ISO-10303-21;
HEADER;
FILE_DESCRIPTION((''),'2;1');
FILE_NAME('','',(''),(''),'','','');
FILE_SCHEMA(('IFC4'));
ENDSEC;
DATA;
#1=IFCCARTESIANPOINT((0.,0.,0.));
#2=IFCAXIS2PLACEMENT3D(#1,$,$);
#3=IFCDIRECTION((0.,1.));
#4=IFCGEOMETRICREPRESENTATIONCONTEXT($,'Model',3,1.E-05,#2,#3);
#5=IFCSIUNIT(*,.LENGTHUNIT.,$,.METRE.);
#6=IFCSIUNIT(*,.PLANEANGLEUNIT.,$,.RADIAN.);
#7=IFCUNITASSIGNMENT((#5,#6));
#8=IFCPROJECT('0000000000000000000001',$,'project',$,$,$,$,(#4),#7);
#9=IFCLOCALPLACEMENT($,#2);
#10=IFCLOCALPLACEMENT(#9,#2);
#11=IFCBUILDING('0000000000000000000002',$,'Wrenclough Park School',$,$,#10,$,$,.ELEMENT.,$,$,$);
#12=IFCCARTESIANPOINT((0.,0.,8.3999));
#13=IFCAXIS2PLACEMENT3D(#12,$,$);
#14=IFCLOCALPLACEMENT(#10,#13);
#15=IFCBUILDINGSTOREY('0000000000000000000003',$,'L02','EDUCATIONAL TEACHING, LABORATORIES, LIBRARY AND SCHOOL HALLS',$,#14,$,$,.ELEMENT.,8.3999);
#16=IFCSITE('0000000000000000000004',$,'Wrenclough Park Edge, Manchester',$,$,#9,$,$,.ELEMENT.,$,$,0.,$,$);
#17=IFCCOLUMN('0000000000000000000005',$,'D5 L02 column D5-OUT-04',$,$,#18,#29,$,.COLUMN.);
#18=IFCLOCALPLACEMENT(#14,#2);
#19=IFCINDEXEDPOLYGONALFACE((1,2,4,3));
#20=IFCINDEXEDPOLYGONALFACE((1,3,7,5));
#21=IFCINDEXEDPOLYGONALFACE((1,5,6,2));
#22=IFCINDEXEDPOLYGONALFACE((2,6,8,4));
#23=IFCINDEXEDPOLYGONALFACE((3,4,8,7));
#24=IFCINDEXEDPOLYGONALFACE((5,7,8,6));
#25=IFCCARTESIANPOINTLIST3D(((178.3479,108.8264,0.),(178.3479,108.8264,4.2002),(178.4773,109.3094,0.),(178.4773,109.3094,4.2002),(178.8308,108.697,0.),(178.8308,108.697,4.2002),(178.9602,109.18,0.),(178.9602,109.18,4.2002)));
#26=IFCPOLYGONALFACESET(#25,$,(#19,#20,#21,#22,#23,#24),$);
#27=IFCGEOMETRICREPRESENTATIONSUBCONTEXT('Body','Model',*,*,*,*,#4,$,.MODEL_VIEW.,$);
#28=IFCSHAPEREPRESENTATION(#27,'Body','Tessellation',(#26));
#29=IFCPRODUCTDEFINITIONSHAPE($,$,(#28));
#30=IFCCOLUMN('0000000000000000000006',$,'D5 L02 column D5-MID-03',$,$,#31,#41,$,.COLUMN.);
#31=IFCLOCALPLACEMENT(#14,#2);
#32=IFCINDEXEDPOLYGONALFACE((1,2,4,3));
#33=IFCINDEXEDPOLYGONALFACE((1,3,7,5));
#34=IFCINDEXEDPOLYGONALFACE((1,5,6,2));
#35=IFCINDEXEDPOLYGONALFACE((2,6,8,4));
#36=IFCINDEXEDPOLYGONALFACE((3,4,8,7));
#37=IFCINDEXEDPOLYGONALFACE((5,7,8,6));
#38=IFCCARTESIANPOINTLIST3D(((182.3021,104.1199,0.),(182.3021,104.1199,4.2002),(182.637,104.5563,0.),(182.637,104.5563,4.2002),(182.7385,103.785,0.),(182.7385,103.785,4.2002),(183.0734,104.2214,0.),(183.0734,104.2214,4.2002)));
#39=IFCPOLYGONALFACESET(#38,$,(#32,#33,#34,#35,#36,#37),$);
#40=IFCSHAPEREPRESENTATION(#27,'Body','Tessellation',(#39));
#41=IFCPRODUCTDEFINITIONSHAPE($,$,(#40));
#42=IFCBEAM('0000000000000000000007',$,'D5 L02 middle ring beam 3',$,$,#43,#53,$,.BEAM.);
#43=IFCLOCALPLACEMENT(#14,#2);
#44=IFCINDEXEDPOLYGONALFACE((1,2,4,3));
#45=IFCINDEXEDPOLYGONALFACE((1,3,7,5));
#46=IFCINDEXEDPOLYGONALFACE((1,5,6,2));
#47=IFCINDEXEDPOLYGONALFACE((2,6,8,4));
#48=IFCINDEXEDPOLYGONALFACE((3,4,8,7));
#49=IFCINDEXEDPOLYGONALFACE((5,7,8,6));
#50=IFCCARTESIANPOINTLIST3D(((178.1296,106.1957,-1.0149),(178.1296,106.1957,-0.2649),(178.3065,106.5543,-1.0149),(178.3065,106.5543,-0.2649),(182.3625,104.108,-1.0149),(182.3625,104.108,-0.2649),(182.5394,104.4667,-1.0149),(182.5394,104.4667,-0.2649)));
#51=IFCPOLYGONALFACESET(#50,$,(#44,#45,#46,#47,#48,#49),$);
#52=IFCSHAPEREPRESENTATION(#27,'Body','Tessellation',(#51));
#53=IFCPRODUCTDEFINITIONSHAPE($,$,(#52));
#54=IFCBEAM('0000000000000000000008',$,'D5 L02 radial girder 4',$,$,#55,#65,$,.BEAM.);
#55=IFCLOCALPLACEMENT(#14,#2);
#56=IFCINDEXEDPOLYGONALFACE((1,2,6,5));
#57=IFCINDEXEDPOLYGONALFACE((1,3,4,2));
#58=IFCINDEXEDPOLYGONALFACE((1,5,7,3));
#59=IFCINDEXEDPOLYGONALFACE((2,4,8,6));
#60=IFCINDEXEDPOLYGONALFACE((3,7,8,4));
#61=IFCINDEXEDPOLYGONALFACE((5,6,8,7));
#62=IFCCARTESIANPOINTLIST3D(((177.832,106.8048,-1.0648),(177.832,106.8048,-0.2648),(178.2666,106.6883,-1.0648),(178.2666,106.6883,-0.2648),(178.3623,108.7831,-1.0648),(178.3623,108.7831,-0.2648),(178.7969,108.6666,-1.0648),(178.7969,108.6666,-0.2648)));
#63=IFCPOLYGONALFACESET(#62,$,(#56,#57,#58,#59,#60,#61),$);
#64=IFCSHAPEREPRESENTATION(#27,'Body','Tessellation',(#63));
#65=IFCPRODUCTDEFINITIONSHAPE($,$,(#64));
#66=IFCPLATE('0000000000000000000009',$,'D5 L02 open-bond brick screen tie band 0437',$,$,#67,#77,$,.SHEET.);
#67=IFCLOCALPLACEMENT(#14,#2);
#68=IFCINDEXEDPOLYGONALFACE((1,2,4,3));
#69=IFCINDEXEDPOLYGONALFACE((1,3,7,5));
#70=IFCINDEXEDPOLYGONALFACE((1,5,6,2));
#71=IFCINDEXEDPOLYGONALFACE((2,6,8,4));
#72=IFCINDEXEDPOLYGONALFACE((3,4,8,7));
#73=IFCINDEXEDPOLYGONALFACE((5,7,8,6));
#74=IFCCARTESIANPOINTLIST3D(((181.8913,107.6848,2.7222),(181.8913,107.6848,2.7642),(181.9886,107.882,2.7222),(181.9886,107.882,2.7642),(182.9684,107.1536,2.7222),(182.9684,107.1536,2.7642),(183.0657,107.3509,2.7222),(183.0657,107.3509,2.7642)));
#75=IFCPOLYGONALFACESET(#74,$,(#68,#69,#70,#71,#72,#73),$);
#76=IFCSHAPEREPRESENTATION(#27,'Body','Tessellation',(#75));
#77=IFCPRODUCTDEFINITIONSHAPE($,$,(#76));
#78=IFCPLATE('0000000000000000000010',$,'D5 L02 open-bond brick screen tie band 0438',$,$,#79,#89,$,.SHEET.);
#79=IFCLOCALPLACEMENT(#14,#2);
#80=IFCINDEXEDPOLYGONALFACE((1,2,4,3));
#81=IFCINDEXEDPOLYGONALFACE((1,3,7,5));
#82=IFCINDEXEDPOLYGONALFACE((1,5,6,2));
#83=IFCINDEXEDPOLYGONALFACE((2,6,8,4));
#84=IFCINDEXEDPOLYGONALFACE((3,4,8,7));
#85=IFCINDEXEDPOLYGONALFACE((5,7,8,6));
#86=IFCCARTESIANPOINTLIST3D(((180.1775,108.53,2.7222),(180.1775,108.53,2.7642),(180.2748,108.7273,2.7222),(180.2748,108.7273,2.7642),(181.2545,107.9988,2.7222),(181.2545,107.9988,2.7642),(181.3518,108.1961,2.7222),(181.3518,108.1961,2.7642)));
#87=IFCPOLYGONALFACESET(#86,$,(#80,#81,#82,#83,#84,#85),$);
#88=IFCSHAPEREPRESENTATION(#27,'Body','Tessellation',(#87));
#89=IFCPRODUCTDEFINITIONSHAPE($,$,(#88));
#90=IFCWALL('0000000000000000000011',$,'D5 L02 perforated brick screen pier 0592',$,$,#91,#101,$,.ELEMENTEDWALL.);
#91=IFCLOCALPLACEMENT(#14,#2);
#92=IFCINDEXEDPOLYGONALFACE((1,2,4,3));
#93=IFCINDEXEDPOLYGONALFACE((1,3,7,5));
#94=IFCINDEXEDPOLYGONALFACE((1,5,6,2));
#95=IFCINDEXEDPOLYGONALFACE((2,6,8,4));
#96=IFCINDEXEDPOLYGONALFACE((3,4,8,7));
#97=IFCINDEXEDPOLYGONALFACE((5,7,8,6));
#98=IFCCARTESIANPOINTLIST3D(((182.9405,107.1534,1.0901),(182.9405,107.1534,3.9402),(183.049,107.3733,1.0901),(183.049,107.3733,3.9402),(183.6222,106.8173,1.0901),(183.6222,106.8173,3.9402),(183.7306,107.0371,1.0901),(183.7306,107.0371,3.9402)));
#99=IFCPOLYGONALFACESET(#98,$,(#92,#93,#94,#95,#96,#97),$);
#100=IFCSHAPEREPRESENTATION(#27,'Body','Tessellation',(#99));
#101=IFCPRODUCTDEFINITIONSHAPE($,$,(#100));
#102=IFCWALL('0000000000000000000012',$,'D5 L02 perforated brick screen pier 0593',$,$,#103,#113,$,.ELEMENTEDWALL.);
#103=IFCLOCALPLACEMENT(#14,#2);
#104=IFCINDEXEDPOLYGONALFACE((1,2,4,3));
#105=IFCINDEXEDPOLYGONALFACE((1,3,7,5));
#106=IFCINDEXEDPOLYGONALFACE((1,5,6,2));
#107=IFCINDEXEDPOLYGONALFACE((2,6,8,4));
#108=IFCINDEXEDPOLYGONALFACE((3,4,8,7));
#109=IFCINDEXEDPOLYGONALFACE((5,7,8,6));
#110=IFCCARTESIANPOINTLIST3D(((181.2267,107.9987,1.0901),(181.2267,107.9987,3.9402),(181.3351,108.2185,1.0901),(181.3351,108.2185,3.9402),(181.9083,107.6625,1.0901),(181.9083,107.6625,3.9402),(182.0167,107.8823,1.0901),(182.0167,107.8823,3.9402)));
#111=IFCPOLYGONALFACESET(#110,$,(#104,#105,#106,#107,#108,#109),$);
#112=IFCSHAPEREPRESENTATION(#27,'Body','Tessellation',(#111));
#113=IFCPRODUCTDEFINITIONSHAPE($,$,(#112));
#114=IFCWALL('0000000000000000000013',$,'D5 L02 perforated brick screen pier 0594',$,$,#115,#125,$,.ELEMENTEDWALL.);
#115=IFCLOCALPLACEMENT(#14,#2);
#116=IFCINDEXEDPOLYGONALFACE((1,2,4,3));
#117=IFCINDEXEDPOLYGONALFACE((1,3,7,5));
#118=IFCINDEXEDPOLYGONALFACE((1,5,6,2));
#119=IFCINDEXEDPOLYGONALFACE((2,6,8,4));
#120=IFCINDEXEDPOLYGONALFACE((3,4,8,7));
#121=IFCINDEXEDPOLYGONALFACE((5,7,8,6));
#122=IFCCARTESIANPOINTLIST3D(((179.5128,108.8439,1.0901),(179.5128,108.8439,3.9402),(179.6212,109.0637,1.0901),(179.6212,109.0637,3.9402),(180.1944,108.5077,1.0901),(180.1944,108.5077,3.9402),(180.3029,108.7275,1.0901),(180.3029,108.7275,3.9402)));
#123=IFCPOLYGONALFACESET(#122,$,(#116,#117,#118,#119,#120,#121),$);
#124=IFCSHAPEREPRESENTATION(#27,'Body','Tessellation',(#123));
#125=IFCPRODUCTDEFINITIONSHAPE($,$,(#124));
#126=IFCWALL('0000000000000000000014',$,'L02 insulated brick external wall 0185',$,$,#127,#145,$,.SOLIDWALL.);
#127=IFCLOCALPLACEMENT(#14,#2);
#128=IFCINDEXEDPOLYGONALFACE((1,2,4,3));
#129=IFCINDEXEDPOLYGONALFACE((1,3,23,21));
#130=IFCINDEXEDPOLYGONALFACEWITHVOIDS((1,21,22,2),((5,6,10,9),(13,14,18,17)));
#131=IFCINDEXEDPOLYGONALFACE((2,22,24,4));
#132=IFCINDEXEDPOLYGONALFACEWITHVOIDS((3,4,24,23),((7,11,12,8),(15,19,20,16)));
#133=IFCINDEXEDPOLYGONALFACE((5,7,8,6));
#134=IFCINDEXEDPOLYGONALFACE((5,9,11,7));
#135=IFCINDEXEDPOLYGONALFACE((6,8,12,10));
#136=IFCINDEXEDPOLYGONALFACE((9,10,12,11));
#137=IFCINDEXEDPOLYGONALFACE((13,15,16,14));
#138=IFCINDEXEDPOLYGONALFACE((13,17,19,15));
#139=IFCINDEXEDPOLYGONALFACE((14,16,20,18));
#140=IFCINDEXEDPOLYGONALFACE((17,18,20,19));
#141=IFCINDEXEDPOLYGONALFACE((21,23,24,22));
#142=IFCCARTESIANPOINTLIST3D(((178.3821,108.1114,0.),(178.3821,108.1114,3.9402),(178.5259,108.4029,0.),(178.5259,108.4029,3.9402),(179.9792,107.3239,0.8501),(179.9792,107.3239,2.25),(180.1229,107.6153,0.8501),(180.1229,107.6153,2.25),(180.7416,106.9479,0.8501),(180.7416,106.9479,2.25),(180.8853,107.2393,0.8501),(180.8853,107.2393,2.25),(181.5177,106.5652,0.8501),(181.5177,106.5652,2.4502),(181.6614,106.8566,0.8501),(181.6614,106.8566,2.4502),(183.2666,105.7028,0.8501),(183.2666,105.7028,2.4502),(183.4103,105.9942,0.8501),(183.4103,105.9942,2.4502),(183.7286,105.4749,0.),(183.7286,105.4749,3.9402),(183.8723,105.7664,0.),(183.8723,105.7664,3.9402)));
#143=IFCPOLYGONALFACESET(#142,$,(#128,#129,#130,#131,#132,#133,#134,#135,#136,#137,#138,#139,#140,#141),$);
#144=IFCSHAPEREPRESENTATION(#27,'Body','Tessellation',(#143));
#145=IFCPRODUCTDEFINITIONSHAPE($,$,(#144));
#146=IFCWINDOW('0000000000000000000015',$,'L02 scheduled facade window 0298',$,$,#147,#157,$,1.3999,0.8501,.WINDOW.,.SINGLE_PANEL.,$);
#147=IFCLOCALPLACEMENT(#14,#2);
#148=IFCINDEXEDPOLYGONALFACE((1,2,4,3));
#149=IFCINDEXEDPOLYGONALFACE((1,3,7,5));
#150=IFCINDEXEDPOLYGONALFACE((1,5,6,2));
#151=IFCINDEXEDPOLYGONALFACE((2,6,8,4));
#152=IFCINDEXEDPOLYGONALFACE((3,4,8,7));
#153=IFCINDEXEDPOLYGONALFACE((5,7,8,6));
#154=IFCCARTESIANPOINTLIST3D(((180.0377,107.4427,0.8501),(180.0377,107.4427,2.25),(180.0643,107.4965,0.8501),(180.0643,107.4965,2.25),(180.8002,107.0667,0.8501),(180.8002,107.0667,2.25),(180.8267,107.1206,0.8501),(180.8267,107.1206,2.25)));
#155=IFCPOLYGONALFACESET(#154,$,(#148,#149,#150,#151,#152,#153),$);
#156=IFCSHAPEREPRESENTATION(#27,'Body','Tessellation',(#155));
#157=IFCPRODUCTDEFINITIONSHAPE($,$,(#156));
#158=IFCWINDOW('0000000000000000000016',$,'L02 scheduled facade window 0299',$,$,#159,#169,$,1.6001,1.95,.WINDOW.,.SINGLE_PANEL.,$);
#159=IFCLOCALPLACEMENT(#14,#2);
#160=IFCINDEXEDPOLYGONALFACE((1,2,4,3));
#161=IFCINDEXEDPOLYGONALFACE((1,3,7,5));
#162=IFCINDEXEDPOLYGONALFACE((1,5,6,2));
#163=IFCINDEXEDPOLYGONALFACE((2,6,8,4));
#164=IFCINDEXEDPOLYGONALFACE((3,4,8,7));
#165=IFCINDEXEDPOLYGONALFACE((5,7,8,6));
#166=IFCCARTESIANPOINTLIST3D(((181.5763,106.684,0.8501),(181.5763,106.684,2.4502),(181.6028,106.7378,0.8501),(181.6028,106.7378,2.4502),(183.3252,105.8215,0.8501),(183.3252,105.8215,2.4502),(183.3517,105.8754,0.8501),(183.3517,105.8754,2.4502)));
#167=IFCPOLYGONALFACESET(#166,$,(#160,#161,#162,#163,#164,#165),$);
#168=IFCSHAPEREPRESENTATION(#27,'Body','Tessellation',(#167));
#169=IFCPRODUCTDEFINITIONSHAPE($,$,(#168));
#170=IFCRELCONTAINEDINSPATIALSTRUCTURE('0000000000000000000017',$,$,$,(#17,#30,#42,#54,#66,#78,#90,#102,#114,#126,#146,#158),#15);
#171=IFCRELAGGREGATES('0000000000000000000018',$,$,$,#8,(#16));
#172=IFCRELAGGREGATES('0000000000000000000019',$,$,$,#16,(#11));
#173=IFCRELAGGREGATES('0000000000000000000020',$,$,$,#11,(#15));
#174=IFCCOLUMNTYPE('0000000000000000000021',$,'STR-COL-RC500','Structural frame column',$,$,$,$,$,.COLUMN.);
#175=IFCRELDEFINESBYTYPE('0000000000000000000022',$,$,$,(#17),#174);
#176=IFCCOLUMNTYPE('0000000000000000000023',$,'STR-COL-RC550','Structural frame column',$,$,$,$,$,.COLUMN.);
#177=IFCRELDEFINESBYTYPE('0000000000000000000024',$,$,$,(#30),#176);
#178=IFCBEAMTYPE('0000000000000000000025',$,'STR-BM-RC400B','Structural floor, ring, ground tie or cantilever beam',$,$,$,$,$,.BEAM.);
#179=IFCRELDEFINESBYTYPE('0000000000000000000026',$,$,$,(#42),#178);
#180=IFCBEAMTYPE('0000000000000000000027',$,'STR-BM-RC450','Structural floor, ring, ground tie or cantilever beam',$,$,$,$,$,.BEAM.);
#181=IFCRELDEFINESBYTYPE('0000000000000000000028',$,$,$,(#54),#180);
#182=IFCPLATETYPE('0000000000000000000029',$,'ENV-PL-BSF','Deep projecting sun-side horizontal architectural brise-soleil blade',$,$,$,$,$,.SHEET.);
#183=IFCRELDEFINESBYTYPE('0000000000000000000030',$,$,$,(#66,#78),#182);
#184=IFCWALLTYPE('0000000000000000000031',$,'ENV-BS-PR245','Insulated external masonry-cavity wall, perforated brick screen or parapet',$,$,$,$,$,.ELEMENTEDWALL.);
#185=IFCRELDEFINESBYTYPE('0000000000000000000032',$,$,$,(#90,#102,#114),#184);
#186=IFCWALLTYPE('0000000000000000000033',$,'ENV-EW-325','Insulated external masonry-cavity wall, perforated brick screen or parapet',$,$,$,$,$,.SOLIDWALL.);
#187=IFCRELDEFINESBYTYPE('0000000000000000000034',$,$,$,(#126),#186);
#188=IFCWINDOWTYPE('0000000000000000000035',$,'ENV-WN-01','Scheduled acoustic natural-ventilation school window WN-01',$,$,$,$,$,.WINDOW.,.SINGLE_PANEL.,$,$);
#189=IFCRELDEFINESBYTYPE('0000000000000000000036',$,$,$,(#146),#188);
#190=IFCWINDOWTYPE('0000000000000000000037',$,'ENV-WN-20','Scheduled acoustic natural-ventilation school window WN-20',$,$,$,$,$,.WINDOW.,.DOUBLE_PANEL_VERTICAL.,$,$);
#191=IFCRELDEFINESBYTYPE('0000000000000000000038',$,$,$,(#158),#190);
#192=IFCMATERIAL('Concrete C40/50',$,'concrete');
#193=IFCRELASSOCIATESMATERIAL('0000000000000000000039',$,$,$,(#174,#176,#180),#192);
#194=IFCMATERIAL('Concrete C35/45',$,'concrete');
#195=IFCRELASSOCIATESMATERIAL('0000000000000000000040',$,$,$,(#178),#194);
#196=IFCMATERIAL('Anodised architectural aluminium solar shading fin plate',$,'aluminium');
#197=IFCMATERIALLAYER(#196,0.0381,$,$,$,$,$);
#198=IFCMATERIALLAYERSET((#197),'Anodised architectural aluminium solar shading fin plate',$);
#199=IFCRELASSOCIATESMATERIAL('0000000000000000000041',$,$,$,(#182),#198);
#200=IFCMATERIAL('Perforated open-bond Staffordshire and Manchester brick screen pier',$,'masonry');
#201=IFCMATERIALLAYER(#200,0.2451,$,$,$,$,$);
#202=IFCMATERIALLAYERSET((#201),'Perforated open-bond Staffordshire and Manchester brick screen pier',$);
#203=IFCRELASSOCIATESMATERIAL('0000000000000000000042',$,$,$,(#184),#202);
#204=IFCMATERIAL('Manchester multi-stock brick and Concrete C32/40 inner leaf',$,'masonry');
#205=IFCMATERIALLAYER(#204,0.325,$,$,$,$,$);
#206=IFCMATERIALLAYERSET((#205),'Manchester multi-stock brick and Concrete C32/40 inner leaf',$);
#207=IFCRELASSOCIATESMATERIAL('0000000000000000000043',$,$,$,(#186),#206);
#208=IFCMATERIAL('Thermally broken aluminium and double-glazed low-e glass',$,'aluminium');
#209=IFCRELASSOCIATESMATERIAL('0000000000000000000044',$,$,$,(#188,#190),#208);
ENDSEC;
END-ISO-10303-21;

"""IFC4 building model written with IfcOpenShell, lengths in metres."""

from ifc_helpers import new_model, si_unit, direction, frame, frame_2d, origin, origin_2d, place, context, subcontext, project, spatial, rectangle, extrude, material, layer, layer_set, material_profile, profile_set, type_object, element, fill, save


model = new_model("IFC4")

# Units and contexts
model_context = context("Model", 3, precision=1e-05, world=origin(), true_north=direction((0.0, 1.0)))
body_context = subcontext(model_context, "Body", "Model", "MODEL_VIEW")
ifc_project = project(units=[si_unit("LENGTHUNIT", "METRE"), si_unit("PLANEANGLEUNIT", "RADIAN")], contexts=[model_context])

# Site, building, storey
site_placement = place(None, origin())
site = spatial("IfcSite", under=ifc_project, at=site_placement, Name="Wrenclough Park Edge, Manchester", CompositionType="ELEMENT", RefElevation=0.0)
building_placement = place(site_placement, origin())
building = spatial("IfcBuilding", under=site, at=building_placement, Name="Wrenclough Park School", CompositionType="ELEMENT")
storey_placement = place(building_placement, frame((0.0, 0.0, 8.3999)))
storey = spatial("IfcBuildingStorey", under=building, at=storey_placement, Name="L02", Description="EDUCATIONAL TEACHING, LABORATORIES, LIBRARY AND SCHOOL HALLS", CompositionType="ELEMENT", Elevation=8.3999)

# Columns
ifc_material_1 = material(Name="Concrete C40/50", Category="concrete")
ifc_material_profile_1 = material_profile(ifc_material_1, rectangle(XDim=0.5, YDim=0.5, at=origin_2d()), Name="RC COL 500x500")
ifc_profile_set_1 = profile_set([ifc_material_profile_1], Name="Concrete C40/50")
column_type_1 = type_object("IfcColumnType", Name="STR-COL-RC500", Description="Structural frame column", PredefinedType="COLUMN", material=ifc_profile_set_1)
column_1_placement = place(storey_placement, frame((178.6541, 109.0032, 0.0), z_axis=(0.0, 0.0, 1.0), x_axis=(-0.965926, 0.258819, 0.0)))
element("IfcColumn", 1, at=column_1_placement, inside=storey, type_object=column_type_1, Name="D5 L02 column D5-OUT-04", PredefinedType="COLUMN", context=body_context, shape_type="SweptSolid", body=[
    extrude(rectangle(XDim=0.5, YDim=0.5, at=origin_2d()), origin(), (0.0, 0.0, 1.0), 4.2002),
])
ifc_material_profile_2 = material_profile(ifc_material_1, rectangle(XDim=0.55, YDim=0.55, at=origin_2d()), Name="RC COL 550x550")
ifc_profile_set_2 = profile_set([ifc_material_profile_2], Name="Concrete C40/50")
column_type_2 = type_object("IfcColumnType", Name="STR-COL-RC550", Description="Structural frame column", PredefinedType="COLUMN", material=ifc_profile_set_2)
column_2_placement = place(storey_placement, frame((182.6877, 104.1707, 0.0), z_axis=(0.0, 0.0, 1.0), x_axis=(-0.793353, 0.608761, 0.0)))
element("IfcColumn", 2, at=column_2_placement, inside=storey, type_object=column_type_2, Name="D5 L02 column D5-MID-03", PredefinedType="COLUMN", context=body_context, shape_type="SweptSolid", body=[
    extrude(rectangle(XDim=0.55, YDim=0.55, at=origin_2d()), origin(), (0.0, 0.0, 1.0), 4.2002),
])

# Beams
ifc_material_2 = material(Name="Concrete C35/45", Category="concrete")
ifc_material_profile_3 = material_profile(ifc_material_2, rectangle(XDim=0.3999, YDim=0.75, at=origin_2d()), Name="RC BEAM 400x750")
ifc_profile_set_3 = profile_set([ifc_material_profile_3], Name="Concrete C35/45")
beam_type_1 = type_object("IfcBeamType", Name="STR-BM-RC400B", Description="Structural floor, ring, ground tie or cantilever beam", PredefinedType="BEAM", material=ifc_profile_set_3)
beam_1_placement = place(storey_placement, frame((182.4509, 104.2874, -0.6399), z_axis=(-0.896855, 0.442324, 0.0), x_axis=(-0.442324, -0.896855, 0.0)))
element("IfcBeam", 3, at=beam_1_placement, inside=storey, type_object=beam_type_1, Name="D5 L02 middle ring beam 3", PredefinedType="BEAM", context=body_context, shape_type="SweptSolid", body=[
    extrude(rectangle(XDim=0.3999, YDim=0.75, at=origin_2d()), origin(), (0.0, 0.0, 1.0), 4.7197),
])
ifc_material_profile_4 = material_profile(ifc_material_1, rectangle(XDim=0.45, YDim=0.8, at=origin_2d()), Name="RC BEAM 450x800")
ifc_profile_set_4 = profile_set([ifc_material_profile_4], Name="Concrete C40/50")
beam_type_2 = type_object("IfcBeamType", Name="STR-BM-RC450", Description="Structural floor, ring, ground tie or cantilever beam", PredefinedType="BEAM", material=ifc_profile_set_4)
beam_2_placement = place(storey_placement, frame((178.5796, 108.7249, -0.6648), z_axis=(-0.258909, -0.965902, 0.0), x_axis=(0.965902, -0.258909, 0.0)))
element("IfcBeam", 4, at=beam_2_placement, inside=storey, type_object=beam_type_2, Name="D5 L02 radial girder 4", PredefinedType="BEAM", context=body_context, shape_type="SweptSolid", body=[
    extrude(rectangle(XDim=0.45, YDim=0.8, at=origin_2d()), origin(), (0.0, 0.0, 1.0), 2.0481),
])

# Plates
ifc_material_3 = material(Name="Anodised architectural aluminium solar shading fin plate", Category="aluminium")
ifc_layer_1 = layer(ifc_material_3, 0.0381)
ifc_layer_set_1 = layer_set([ifc_layer_1], Name="Anodised architectural aluminium solar shading fin plate")
plate_type = type_object("IfcPlateType", Name="ENV-PL-BSF", Description="Deep projecting sun-side horizontal architectural brise-soleil blade", PredefinedType="SHEET", material=ifc_layer_set_1)
for number, where, z_axis, x_axis, name in (
    (5, (182.4785, 107.5178, 2.7222), (0.0, 0.0, 1.0), (-0.896873, 0.442288, 0.0), "D5 L02 open-bond brick screen tie band 0437"),
    (6, (180.7646, 108.363, 2.7222), (0.0, 0.0, 1.0), (-0.896873, 0.442288, 0.0), "D5 L02 open-bond brick screen tie band 0438"),
):
    element("IfcPlate", number, at=place(storey_placement, frame(where, z_axis=z_axis, x_axis=x_axis)), inside=storey, type_object=plate_type, Name=name, PredefinedType="SHEET", context=body_context, shape_type="SweptSolid", body=[
        extrude(rectangle(XDim=1.2009, YDim=0.22, at=origin_2d()), origin(), (0.0, 0.0, 1.0), 0.042),
    ])

# Walls
ifc_material_4 = material(Name="Perforated open-bond Staffordshire and Manchester brick screen pier", Category="masonry")
ifc_layer_2 = layer(ifc_material_4, 0.2451)
ifc_layer_set_2 = layer_set([ifc_layer_2], Name="Perforated open-bond Staffordshire and Manchester brick screen pier")
wall_type_1 = type_object("IfcWallType", Name="ENV-BS-PR245", Description="Insulated external masonry-cavity wall, perforated brick screen or parapet", PredefinedType="ELEMENTEDWALL", material=ifc_layer_set_2)
for number, where, z_axis, x_axis, name in (
    (7, (183.6763, 106.9272, 1.0901), (0.0, 0.0, 1.0), (-0.896855, 0.442324, 0.0), "D5 L02 perforated brick screen pier 0592"),
    (8, (181.9624, 107.7725, 1.0901), (0.0, 0.0, 1.0), (-0.896855, 0.442324, 0.0), "D5 L02 perforated brick screen pier 0593"),
    (9, (180.2485, 108.6177, 1.0901), (0.0, 0.0, 1.0), (-0.896855, 0.442324, 0.0), "D5 L02 perforated brick screen pier 0594"),
):
    element("IfcWall", number, at=place(storey_placement, frame(where, z_axis=z_axis, x_axis=x_axis)), inside=storey, type_object=wall_type_1, Name=name, PredefinedType="ELEMENTEDWALL", context=body_context, shape_type="SweptSolid", body=[
        extrude(rectangle(XDim=0.76, YDim=0.2451, at=frame_2d((0.3799, 0.0))), origin(), (0.0, 0.0, 1.0), 2.8501),
    ])

# Wall, openings, windows
ifc_material_5 = material(Name="Manchester multi-stock brick and Concrete C32/40 inner leaf", Category="masonry")
ifc_layer_3 = layer(ifc_material_5, 0.325)
ifc_layer_set_3 = layer_set([ifc_layer_3], Name="Manchester multi-stock brick and Concrete C32/40 inner leaf")
wall_type_2 = type_object("IfcWallType", Name="ENV-EW-325", Description="Insulated external masonry-cavity wall, perforated brick screen or parapet", PredefinedType="SOLIDWALL", material=ifc_layer_set_3)
wall_1_placement = place(storey_placement, frame((178.4541, 108.2571, 0.0), z_axis=(0.0, 0.0, 1.0), x_axis=(0.896879, -0.442276, 0.0)))
wall_1 = element("IfcWall", 10, at=wall_1_placement, inside=storey, type_object=wall_type_2, Name="L02 insulated brick external wall 0185", PredefinedType="SOLIDWALL", context=body_context, shape_type="SweptSolid", body=[
    extrude(rectangle(XDim=5.9612, YDim=0.325, at=frame_2d((2.9805, 0.0))), origin(), (0.0, 0.0, 1.0), 3.9402),
])
opening_1_placement = place(wall_1_placement, frame((1.7805, 0.0, 0.8501)))
opening_1 = element("IfcOpeningElement", 11, at=opening_1_placement, cuts=wall_1, PredefinedType="OPENING", context=body_context, shape_type="SweptSolid", body=[
    extrude(rectangle(XDim=0.8501, YDim=1.3999, at=frame_2d((0.425, 0.7))), frame((0.0, 0.1724, 0.0), z_axis=(0.0, -1.0, 0.0), x_axis=(1.0, 0.0, 0.0)), (0.0, 0.0, 1.0), 0.345),
])
opening_2_placement = place(wall_1_placement, frame((3.4958, 0.0, 0.8501)))
opening_2 = element("IfcOpeningElement", 12, at=opening_2_placement, cuts=wall_1, PredefinedType="OPENING", context=body_context, shape_type="SweptSolid", body=[
    extrude(rectangle(XDim=1.95, YDim=1.6001, at=frame_2d((0.9751, 0.8))), frame((0.0, 0.1724, 0.0), z_axis=(0.0, -1.0, 0.0), x_axis=(1.0, 0.0, 0.0)), (0.0, 0.0, 1.0), 0.345),
])
ifc_material_6 = material(Name="Thermally broken aluminium and double-glazed low-e glass", Category="aluminium")
window_type_1 = type_object("IfcWindowType", Name="ENV-WN-01", Description="Scheduled acoustic natural-ventilation school window WN-01", PartitioningType="SINGLE_PANEL", PredefinedType="WINDOW", material=ifc_material_6)
window_1_placement = place(opening_1_placement, origin())
window_1 = element("IfcWindow", 13, at=window_1_placement, inside=storey, type_object=window_type_1, Name="L02 scheduled facade window 0298", OverallHeight=1.3999, OverallWidth=0.8501, PartitioningType="SINGLE_PANEL", PredefinedType="WINDOW", context=body_context, shape_type="SweptSolid", body=[
    extrude(rectangle(XDim=0.8501, YDim=1.3999, at=frame_2d((0.425, 0.7))), frame((0.0, 0.03, 0.0), z_axis=(0.0, -1.0, 0.0), x_axis=(1.0, 0.0, 0.0)), (0.0, 0.0, 1.0), 0.0601),
])
fill(opening_1, window_1)
window_type_2 = type_object("IfcWindowType", Name="ENV-WN-20", Description="Scheduled acoustic natural-ventilation school window WN-20", PartitioningType="DOUBLE_PANEL_VERTICAL", PredefinedType="WINDOW", material=ifc_material_6)
window_2_placement = place(opening_2_placement, origin())
window_2 = element("IfcWindow", 14, at=window_2_placement, inside=storey, type_object=window_type_2, Name="L02 scheduled facade window 0299", OverallHeight=1.6001, OverallWidth=1.95, PartitioningType="SINGLE_PANEL", PredefinedType="WINDOW", context=body_context, shape_type="SweptSolid", body=[
    extrude(rectangle(XDim=1.95, YDim=1.6001, at=frame_2d((0.9751, 0.8))), frame((0.0, 0.03, 0.0), z_axis=(0.0, -1.0, 0.0), x_axis=(1.0, 0.0, 0.0)), (0.0, 0.0, 1.0), 0.0601),
])
fill(opening_2, window_2)

save(model, "model.ifc")
